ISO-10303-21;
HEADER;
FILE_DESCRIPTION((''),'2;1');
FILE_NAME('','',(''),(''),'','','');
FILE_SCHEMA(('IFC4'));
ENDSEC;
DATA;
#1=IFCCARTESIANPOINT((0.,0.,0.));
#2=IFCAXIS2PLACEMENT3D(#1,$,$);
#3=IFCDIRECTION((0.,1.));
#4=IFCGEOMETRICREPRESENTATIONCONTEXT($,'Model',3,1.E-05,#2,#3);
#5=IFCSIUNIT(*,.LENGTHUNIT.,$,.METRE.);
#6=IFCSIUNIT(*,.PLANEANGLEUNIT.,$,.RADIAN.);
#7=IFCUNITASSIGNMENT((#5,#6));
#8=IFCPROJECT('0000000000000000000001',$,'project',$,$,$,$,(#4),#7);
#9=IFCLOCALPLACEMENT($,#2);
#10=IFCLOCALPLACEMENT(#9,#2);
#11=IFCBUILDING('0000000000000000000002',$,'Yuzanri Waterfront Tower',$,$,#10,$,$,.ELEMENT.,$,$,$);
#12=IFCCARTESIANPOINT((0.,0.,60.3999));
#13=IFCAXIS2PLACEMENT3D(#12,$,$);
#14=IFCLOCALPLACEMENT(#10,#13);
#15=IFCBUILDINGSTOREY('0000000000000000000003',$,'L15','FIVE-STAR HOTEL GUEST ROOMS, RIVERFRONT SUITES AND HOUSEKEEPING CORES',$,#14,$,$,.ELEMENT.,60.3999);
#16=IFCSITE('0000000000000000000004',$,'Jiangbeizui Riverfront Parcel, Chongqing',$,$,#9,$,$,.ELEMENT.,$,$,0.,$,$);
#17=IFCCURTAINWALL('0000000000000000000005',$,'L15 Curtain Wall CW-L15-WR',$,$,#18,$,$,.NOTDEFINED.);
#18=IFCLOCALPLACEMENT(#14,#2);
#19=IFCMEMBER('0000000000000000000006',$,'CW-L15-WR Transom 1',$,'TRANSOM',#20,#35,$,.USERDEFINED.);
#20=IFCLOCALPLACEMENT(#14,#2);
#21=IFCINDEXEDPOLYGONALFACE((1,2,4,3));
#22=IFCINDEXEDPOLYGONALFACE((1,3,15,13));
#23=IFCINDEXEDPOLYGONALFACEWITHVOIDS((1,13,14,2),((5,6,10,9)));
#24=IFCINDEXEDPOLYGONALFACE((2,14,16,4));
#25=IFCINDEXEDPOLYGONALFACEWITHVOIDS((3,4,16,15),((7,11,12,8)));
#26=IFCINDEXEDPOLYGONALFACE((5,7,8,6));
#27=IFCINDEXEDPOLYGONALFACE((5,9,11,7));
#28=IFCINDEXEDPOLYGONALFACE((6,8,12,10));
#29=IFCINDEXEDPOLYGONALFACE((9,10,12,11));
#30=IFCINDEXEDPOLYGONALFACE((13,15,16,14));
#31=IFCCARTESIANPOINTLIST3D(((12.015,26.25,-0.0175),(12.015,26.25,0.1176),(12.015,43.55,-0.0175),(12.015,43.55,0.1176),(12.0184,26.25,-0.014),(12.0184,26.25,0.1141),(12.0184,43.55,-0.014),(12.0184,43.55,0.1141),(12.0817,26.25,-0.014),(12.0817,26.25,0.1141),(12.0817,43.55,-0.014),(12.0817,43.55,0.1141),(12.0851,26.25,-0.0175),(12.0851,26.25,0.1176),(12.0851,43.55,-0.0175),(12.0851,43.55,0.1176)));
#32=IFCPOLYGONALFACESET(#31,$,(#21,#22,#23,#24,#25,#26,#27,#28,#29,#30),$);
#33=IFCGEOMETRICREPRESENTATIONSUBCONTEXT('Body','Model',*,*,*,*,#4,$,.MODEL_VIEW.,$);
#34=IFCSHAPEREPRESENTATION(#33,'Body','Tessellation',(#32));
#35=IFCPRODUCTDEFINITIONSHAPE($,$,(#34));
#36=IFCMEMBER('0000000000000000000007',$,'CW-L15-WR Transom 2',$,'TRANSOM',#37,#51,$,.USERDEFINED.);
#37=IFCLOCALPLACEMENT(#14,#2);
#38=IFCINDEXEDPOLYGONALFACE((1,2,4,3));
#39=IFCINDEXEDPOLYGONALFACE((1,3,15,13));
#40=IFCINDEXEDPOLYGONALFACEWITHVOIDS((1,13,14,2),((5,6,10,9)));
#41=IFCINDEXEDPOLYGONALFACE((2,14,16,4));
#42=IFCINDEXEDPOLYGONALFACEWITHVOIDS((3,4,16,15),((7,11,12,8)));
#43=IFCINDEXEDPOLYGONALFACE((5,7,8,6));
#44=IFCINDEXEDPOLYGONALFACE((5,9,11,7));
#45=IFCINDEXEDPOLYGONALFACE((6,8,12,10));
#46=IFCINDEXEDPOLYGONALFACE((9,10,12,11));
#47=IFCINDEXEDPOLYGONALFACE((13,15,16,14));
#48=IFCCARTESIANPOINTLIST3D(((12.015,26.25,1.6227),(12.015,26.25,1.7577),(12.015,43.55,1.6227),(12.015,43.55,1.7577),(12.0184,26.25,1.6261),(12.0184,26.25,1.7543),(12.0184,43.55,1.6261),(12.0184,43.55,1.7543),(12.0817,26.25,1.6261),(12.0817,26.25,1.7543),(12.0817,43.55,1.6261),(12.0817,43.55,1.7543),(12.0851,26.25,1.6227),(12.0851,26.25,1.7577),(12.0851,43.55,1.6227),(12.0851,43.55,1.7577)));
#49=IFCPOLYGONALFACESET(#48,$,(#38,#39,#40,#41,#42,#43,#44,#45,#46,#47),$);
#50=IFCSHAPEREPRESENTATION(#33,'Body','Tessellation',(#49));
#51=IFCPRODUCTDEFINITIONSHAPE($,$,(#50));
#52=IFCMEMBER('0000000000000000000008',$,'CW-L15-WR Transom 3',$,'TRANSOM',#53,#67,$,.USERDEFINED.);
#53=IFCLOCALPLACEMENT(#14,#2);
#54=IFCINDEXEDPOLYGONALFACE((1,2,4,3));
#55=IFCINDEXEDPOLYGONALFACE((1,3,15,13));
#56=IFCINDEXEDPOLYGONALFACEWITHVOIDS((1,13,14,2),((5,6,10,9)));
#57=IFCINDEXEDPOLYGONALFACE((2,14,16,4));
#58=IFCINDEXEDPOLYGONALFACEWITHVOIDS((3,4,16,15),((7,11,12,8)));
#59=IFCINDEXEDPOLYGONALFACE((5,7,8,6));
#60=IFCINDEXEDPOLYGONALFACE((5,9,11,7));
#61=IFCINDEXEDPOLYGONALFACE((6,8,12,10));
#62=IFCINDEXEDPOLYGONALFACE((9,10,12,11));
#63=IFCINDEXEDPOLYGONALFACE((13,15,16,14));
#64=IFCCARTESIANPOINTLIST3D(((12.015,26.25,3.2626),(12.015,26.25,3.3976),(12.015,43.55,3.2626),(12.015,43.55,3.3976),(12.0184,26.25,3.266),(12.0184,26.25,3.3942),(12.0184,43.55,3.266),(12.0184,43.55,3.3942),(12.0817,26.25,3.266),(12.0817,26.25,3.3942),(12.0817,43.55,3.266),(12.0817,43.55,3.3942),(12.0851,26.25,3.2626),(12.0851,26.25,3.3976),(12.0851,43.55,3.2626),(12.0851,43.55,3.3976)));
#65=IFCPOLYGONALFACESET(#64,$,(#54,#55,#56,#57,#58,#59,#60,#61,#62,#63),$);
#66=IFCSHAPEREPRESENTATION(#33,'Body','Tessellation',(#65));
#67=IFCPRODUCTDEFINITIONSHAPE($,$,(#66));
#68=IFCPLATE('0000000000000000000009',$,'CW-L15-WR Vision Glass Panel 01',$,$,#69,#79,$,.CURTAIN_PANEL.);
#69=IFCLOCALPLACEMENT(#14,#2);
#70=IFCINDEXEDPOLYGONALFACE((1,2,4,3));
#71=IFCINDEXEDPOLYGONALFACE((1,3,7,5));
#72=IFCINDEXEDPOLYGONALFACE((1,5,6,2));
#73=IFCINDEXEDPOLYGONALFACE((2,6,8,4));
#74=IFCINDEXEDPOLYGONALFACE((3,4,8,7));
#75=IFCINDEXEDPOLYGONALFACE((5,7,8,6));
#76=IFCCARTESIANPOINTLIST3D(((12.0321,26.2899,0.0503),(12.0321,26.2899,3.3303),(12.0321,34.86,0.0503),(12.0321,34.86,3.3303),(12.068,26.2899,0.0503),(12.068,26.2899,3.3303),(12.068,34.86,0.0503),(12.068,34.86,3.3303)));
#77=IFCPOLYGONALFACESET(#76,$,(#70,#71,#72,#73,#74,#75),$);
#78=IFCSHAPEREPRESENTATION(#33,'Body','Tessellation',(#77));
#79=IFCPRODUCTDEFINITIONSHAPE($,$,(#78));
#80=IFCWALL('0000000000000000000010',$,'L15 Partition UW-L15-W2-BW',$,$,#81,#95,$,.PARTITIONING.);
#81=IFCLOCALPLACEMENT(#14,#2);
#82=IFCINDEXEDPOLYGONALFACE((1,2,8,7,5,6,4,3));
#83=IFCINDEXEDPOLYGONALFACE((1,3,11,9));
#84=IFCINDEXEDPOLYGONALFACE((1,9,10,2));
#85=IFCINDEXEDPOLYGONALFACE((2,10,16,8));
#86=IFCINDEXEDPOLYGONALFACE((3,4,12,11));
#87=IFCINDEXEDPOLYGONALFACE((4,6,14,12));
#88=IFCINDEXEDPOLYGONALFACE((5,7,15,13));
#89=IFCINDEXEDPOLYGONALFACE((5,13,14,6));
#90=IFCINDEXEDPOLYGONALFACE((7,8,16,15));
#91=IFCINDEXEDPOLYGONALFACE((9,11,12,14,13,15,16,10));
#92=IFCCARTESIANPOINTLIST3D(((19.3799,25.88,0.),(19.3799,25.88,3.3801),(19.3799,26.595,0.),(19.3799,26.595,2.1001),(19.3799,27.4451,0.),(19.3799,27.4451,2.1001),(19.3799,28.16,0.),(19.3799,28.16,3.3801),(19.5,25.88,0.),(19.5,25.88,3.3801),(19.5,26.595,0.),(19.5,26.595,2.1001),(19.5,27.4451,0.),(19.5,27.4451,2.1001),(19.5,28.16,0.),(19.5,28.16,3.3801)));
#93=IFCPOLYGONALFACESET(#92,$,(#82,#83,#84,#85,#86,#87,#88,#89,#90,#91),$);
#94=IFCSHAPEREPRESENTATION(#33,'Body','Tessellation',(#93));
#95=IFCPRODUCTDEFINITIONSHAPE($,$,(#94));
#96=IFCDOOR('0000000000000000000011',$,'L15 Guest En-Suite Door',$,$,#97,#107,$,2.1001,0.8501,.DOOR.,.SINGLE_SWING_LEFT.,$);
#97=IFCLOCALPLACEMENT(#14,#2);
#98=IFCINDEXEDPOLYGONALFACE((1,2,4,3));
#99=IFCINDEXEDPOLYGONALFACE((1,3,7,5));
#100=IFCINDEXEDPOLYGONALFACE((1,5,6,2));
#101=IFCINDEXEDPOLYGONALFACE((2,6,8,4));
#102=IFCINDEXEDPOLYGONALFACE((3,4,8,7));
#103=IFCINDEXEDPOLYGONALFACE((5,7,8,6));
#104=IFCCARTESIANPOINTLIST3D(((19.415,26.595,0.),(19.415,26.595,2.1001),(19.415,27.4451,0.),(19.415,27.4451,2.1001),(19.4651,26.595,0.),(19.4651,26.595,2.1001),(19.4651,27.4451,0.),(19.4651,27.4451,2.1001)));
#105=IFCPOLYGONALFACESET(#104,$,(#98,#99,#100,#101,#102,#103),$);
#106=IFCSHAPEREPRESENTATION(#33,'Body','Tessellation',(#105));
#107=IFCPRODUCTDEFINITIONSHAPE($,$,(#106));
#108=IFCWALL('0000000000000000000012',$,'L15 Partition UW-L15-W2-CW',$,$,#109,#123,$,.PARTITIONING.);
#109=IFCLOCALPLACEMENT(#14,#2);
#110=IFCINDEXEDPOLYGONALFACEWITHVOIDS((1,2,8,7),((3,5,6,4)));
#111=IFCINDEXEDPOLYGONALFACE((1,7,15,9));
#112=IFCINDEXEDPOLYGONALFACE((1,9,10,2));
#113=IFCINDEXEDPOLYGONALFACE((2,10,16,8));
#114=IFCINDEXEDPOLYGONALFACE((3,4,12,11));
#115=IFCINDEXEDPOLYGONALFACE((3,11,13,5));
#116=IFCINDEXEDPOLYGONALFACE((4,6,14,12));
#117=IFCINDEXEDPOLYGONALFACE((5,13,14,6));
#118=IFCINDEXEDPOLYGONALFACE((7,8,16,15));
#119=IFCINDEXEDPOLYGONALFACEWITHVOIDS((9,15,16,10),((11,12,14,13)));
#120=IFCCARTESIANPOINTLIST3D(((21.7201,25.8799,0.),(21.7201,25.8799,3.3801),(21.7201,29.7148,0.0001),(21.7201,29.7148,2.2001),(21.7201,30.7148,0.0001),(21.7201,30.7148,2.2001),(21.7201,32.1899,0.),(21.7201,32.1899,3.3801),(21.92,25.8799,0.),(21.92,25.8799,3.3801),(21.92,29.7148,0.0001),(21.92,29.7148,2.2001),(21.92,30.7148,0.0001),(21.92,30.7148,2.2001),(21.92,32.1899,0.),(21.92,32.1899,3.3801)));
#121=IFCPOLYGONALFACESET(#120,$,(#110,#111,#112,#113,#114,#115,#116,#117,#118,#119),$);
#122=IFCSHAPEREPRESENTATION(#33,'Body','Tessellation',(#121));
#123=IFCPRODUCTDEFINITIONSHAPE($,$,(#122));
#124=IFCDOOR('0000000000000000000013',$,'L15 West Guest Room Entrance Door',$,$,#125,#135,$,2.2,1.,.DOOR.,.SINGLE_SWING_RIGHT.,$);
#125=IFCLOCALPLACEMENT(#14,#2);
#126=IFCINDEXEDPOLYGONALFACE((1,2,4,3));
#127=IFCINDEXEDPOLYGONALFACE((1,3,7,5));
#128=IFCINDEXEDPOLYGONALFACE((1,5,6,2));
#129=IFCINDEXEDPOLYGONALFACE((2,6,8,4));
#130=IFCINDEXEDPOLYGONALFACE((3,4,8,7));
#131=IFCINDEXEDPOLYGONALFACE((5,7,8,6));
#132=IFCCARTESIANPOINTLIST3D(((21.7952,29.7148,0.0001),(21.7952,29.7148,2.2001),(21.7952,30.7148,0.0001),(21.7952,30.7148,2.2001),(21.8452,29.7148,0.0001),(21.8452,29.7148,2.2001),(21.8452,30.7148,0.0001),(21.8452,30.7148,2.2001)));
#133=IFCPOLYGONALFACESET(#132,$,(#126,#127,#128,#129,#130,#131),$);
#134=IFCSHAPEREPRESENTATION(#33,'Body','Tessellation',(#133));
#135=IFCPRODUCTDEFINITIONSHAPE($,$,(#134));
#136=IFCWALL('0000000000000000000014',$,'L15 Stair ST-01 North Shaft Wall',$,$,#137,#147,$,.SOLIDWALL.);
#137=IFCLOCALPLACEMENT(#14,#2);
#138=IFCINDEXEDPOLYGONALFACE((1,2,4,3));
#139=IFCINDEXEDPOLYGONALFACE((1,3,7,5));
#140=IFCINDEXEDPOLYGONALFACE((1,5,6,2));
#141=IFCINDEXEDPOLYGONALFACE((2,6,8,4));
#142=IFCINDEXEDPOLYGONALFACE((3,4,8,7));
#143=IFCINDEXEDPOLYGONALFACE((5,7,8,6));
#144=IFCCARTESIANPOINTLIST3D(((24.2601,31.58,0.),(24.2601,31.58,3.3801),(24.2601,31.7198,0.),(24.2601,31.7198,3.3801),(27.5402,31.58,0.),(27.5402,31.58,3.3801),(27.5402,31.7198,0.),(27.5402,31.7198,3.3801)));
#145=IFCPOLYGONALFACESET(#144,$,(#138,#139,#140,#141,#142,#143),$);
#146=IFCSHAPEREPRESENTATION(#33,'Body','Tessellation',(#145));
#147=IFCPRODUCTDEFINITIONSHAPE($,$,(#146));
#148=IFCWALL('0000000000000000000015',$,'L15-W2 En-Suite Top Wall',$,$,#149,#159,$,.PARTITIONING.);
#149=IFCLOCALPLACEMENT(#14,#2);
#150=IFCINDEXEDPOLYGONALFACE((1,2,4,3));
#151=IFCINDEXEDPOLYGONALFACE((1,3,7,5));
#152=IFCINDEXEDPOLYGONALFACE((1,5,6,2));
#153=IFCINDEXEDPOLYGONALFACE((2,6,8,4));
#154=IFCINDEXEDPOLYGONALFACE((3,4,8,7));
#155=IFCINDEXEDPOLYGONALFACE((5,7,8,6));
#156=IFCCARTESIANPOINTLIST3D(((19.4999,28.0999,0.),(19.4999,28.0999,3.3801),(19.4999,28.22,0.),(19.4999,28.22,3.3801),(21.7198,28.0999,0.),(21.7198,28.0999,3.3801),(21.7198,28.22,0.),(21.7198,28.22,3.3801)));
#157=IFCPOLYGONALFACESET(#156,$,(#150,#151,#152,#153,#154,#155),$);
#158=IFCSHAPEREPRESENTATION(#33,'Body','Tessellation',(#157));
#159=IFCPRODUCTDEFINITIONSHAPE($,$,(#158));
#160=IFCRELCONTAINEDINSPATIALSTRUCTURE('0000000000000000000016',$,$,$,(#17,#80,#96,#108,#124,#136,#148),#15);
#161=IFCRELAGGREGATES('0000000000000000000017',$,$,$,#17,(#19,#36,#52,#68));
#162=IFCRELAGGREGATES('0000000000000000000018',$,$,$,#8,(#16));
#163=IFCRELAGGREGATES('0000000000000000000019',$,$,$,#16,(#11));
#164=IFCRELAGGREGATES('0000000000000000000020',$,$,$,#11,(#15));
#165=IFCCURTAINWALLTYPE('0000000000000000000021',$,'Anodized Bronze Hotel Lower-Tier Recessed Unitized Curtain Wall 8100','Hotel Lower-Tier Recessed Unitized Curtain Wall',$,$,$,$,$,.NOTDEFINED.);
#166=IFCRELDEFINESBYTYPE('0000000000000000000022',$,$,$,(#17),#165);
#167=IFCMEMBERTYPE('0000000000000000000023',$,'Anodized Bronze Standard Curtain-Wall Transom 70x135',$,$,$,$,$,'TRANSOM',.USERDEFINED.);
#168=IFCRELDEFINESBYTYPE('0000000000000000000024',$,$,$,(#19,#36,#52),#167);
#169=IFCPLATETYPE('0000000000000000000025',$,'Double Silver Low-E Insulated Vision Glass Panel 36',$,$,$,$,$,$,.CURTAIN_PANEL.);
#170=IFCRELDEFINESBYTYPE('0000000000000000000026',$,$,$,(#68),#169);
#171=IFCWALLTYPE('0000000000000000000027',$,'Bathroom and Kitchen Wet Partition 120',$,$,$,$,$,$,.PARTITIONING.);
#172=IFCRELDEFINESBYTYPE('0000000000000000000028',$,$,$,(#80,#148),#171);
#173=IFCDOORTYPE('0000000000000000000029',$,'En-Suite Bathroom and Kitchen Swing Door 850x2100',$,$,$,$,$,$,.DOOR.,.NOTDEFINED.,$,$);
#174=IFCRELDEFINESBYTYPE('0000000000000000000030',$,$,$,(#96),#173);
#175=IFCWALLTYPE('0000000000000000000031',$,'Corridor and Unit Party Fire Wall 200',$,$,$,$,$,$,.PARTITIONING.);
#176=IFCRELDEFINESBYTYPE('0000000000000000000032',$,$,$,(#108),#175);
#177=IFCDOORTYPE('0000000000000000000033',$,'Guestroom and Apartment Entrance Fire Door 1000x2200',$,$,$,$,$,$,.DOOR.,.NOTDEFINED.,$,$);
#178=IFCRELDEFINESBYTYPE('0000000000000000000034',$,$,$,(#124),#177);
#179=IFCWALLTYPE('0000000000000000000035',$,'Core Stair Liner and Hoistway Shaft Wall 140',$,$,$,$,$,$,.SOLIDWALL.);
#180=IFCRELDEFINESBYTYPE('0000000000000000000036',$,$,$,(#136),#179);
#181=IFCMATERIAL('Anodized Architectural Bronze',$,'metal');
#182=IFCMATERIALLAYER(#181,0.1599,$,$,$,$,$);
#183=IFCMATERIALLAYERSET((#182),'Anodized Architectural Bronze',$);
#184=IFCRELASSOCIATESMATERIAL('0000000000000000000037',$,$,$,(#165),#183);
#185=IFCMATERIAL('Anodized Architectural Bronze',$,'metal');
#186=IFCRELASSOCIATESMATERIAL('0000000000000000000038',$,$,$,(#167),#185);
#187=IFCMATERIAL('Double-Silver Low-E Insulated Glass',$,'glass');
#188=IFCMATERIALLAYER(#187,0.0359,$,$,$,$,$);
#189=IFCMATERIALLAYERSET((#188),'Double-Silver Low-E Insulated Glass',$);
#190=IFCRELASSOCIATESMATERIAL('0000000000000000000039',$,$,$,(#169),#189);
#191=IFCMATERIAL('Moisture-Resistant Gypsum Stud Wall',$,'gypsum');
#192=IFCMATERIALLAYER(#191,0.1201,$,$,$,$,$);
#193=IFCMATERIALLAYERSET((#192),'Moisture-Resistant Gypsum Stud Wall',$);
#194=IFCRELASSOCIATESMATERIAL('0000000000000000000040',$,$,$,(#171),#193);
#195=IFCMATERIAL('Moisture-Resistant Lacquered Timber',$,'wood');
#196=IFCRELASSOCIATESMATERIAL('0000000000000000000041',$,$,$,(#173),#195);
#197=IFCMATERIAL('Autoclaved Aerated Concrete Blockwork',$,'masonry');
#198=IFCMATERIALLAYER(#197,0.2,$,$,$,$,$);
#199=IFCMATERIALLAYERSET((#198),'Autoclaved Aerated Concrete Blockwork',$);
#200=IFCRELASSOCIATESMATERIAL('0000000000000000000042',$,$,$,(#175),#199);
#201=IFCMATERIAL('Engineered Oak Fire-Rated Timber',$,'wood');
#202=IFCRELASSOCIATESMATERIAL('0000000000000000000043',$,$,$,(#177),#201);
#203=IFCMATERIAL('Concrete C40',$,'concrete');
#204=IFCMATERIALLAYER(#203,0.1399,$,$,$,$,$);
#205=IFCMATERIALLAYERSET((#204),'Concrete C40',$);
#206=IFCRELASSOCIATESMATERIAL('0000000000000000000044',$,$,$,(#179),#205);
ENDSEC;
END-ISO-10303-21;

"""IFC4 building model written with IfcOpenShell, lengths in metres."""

from ifc_helpers import new_model, si_unit, direction, frame, frame_2d, origin, origin_2d, place, context, subcontext, project, spatial, rectangle, hollow_rectangle, extrude, source, transform, mapped, material, layer, layer_set, material_profile, profile_set, type_object, element, fill, aggregate, save


model = new_model("IFC4")

# Units and contexts
model_context = context("Model", 3, precision=1e-05, world=origin(), true_north=direction((0.0, 1.0)))
body_context = subcontext(model_context, "Body", "Model", "MODEL_VIEW")
ifc_project = project(units=[si_unit("LENGTHUNIT", "METRE"), si_unit("PLANEANGLEUNIT", "RADIAN")], contexts=[model_context])

# Site, building, storey
site_placement = place(None, origin())
site = spatial("IfcSite", under=ifc_project, at=site_placement, Name="Jiangbeizui Riverfront Parcel, Chongqing", CompositionType="ELEMENT", RefElevation=0.0)
building_placement = place(site_placement, origin())
building = spatial("IfcBuilding", under=site, at=building_placement, Name="Yuzanri Waterfront Tower", CompositionType="ELEMENT")
storey_placement = place(building_placement, frame((0.0, 0.0, 60.3999)))
storey = spatial("IfcBuildingStorey", under=building, at=storey_placement, Name="L15", Description="FIVE-STAR HOTEL GUEST ROOMS, RIVERFRONT SUITES AND HOUSEKEEPING CORES", CompositionType="ELEMENT", Elevation=60.3999)

# Shared definitions
ifc_material_1 = material(Name="Anodized Architectural Bronze", Category="metal")
ifc_layer_1 = layer(ifc_material_1, 0.1599)
ifc_layer_set_1 = layer_set([ifc_layer_1], Name="Anodized Architectural Bronze")
curtain_wall_type = type_object("IfcCurtainWallType", Name="Anodized Bronze Hotel Lower-Tier Recessed Unitized Curtain Wall 8100", Description="Hotel Lower-Tier Recessed Unitized Curtain Wall", PredefinedType="NOTDEFINED", material=ifc_layer_set_1)

# Curtain wall, members, plate
curtain_wall_1_placement = place(storey_placement, origin())
curtain_wall_1 = element("IfcCurtainWall", 1, at=curtain_wall_1_placement, inside=storey, type_object=curtain_wall_type, Name="L15 Curtain Wall CW-L15-WR", PredefinedType="NOTDEFINED")
ifc_material_2 = material(Name="Anodized Architectural Bronze", Category="metal")
ifc_material_profile_1 = material_profile(ifc_material_2, hollow_rectangle(XDim=0.0701, YDim=0.135, WallThickness=0.0034, at=origin_2d()), Name="CWT 70x135")
ifc_profile_set_1 = profile_set([ifc_material_profile_1], Name="Anodized Architectural Bronze")
member_type_1 = type_object("IfcMemberType", Name="Anodized Bronze Standard Curtain-Wall Transom 70x135", ElementType="TRANSOM", PredefinedType="USERDEFINED", material=ifc_profile_set_1)
shared_shape_1 = source(origin(), body_context, "Body", "SweptSolid", [
    extrude(hollow_rectangle(XDim=0.0701, YDim=0.135, WallThickness=0.0034, at=origin_2d()), origin(), (0.0, 0.0, 1.0), 17.3),
])
member_1_placement = place(storey_placement, frame((12.05, 26.25, 0.05), z_axis=(0.0, 1.0, 0.0), x_axis=(-1.0, 0.0, 0.0)))
member_1 = element("IfcMember", 2, at=member_1_placement, type_object=member_type_1, Name="CW-L15-WR Transom 1", ObjectType="TRANSOM", PredefinedType="USERDEFINED", context=body_context, shape_type="MappedRepresentation", body=[
    mapped(shared_shape_1, transform((0.0, 0.0, 0.0), scale=1.0)),
])
member_2_placement = place(storey_placement, frame((12.05, 26.25, 1.6902), z_axis=(0.0, 1.0, 0.0), x_axis=(-1.0, 0.0, 0.0)))
member_2 = element("IfcMember", 3, at=member_2_placement, type_object=member_type_1, Name="CW-L15-WR Transom 2", ObjectType="TRANSOM", PredefinedType="USERDEFINED", context=body_context, shape_type="MappedRepresentation", body=[
    mapped(shared_shape_1, transform((0.0, 0.0, 0.0), scale=1.0)),
])
member_3_placement = place(storey_placement, frame((12.05, 26.25, 3.3301), z_axis=(0.0, 1.0, 0.0), x_axis=(-1.0, 0.0, 0.0)))
member_3 = element("IfcMember", 4, at=member_3_placement, type_object=member_type_1, Name="CW-L15-WR Transom 3", ObjectType="TRANSOM", PredefinedType="USERDEFINED", context=body_context, shape_type="MappedRepresentation", body=[
    mapped(shared_shape_1, transform((0.0, 0.0, 0.0), scale=1.0)),
])
ifc_material_3 = material(Name="Double-Silver Low-E Insulated Glass", Category="glass")
ifc_layer_2 = layer(ifc_material_3, 0.0359)
ifc_layer_set_2 = layer_set([ifc_layer_2], Name="Double-Silver Low-E Insulated Glass")
plate_type = type_object("IfcPlateType", Name="Double Silver Low-E Insulated Vision Glass Panel 36", PredefinedType="CURTAIN_PANEL", material=ifc_layer_set_2)
shared_shape_2 = source(origin(), body_context, "Body", "SweptSolid", [
    extrude(rectangle(XDim=8.5701, YDim=0.0359, at=origin_2d()), origin(), (0.0, 0.0, 1.0), 3.28),
])
plate_placement = place(storey_placement, frame((12.05, 30.575, 0.0503), z_axis=(0.0, 0.0, 1.0), x_axis=(0.0, 1.0, 0.0)))
plate = element("IfcPlate", 5, at=plate_placement, type_object=plate_type, Name="CW-L15-WR Vision Glass Panel 01", PredefinedType="CURTAIN_PANEL", context=body_context, shape_type="MappedRepresentation", body=[
    mapped(shared_shape_2, transform((0.0, 0.0, 0.0), scale=1.0)),
])
aggregate(curtain_wall_1, [member_1, member_2, member_3, plate])

# Wall, opening, door
ifc_material_4 = material(Name="Moisture-Resistant Gypsum Stud Wall", Category="gypsum")
ifc_layer_3 = layer(ifc_material_4, 0.1201)
ifc_layer_set_3 = layer_set([ifc_layer_3], Name="Moisture-Resistant Gypsum Stud Wall")
wall_type_1 = type_object("IfcWallType", Name="Bathroom and Kitchen Wet Partition 120", PredefinedType="PARTITIONING", material=ifc_layer_set_3)
wall_1_placement = place(storey_placement, frame((19.4399, 25.8799, 0.0), z_axis=(0.0, 0.0, 1.0), x_axis=(0.0, 1.0, 0.0)))
wall_1 = element("IfcWall", 6, at=wall_1_placement, inside=storey, type_object=wall_type_1, Name="L15 Partition UW-L15-W2-BW", PredefinedType="PARTITIONING", context=body_context, shape_type="SweptSolid", body=[
    extrude(rectangle(XDim=2.28, YDim=0.1201, at=frame_2d((1.1401, 0.0))), origin(), (0.0, 0.0, 1.0), 3.3801),
])
opening_1_placement = place(wall_1_placement, frame((0.7151, 0.0, 0.0)))
opening_1 = element("IfcOpeningElement", 7, at=opening_1_placement, cuts=wall_1, PredefinedType="OPENING", context=body_context, shape_type="SweptSolid", body=[
    extrude(rectangle(XDim=0.8501, YDim=2.1001, at=frame_2d((0.425, 1.05))), frame((0.0, 0.075, 0.0), z_axis=(0.0, -1.0, 0.0), x_axis=(1.0, 0.0, 0.0)), (0.0, 0.0, 1.0), 0.1499),
])
ifc_material_5 = material(Name="Moisture-Resistant Lacquered Timber", Category="wood")
door_type_1 = type_object("IfcDoorType", Name="En-Suite Bathroom and Kitchen Swing Door 850x2100", OperationType="NOTDEFINED", PredefinedType="DOOR", material=ifc_material_5)
shared_shape_3 = source(origin(), body_context, "Body", "SweptSolid", [
    extrude(rectangle(XDim=0.8501, YDim=2.1001, at=frame_2d((0.425, 1.05))), frame((0.0, 0.0249, 0.0), z_axis=(0.0, -1.0, 0.0), x_axis=(1.0, 0.0, 0.0)), (0.0, 0.0, 1.0), 0.05),
])
door_1_placement = place(opening_1_placement, origin())
door_1 = element("IfcDoor", 8, at=door_1_placement, inside=storey, type_object=door_type_1, Name="L15 Guest En-Suite Door", OperationType="SINGLE_SWING_LEFT", OverallHeight=2.1001, OverallWidth=0.8501, PredefinedType="DOOR", context=body_context, shape_type="MappedRepresentation", body=[
    mapped(shared_shape_3, transform((0.0, 0.0, 0.0), scale=1.0)),
])
fill(opening_1, door_1)

# Wall, opening, door
ifc_material_6 = material(Name="Autoclaved Aerated Concrete Blockwork", Category="masonry")
ifc_layer_4 = layer(ifc_material_6, 0.2)
ifc_layer_set_4 = layer_set([ifc_layer_4], Name="Autoclaved Aerated Concrete Blockwork")
wall_type_2 = type_object("IfcWallType", Name="Corridor and Unit Party Fire Wall 200", PredefinedType="PARTITIONING", material=ifc_layer_set_4)
wall_2_placement = place(storey_placement, frame((21.8201, 25.8799, 0.0), z_axis=(0.0, 0.0, 1.0), x_axis=(0.0, 1.0, 0.0)))
wall_2 = element("IfcWall", 9, at=wall_2_placement, inside=storey, type_object=wall_type_2, Name="L15 Partition UW-L15-W2-CW", PredefinedType="PARTITIONING", context=body_context, shape_type="SweptSolid", body=[
    extrude(rectangle(XDim=6.3101, YDim=0.2, at=frame_2d((3.155, 0.0))), origin(), (0.0, 0.0, 1.0), 3.3801),
])
opening_2_placement = place(wall_2_placement, frame((3.835, 0.0, 0.0)))
opening_2 = element("IfcOpeningElement", 10, at=opening_2_placement, cuts=wall_2, PredefinedType="OPENING", context=body_context, shape_type="SweptSolid", body=[
    extrude(rectangle(XDim=1.0, YDim=2.2, at=frame_2d((0.5, 1.1001))), frame((0.0, 0.1147, 0.0), z_axis=(0.0, -1.0, 0.0), x_axis=(1.0, 0.0, 0.0)), (0.0, 0.0, 1.0), 0.2297),
])
ifc_material_7 = material(Name="Engineered Oak Fire-Rated Timber", Category="wood")
door_type_2 = type_object("IfcDoorType", Name="Guestroom and Apartment Entrance Fire Door 1000x2200", OperationType="NOTDEFINED", PredefinedType="DOOR", material=ifc_material_7)
shared_shape_4 = source(origin(), body_context, "Body", "SweptSolid", [
    extrude(rectangle(XDim=1.0, YDim=2.2, at=frame_2d((0.5, 1.1001))), frame((0.0, 0.0249, 0.0), z_axis=(0.0, -1.0, 0.0), x_axis=(1.0, 0.0, 0.0)), (0.0, 0.0, 1.0), 0.05),
])
door_2_placement = place(opening_2_placement, origin())
door_2 = element("IfcDoor", 11, at=door_2_placement, inside=storey, type_object=door_type_2, Name="L15 West Guest Room Entrance Door", OperationType="SINGLE_SWING_RIGHT", OverallHeight=2.2, OverallWidth=1.0, PredefinedType="DOOR", context=body_context, shape_type="MappedRepresentation", body=[
    mapped(shared_shape_4, transform((0.0, 0.0, 0.0), scale=1.0)),
])
fill(opening_2, door_2)

# Walls
ifc_material_8 = material(Name="Concrete C40", Category="concrete")
ifc_layer_5 = layer(ifc_material_8, 0.1399)
ifc_layer_set_5 = layer_set([ifc_layer_5], Name="Concrete C40")
wall_type_3 = type_object("IfcWallType", Name="Core Stair Liner and Hoistway Shaft Wall 140", PredefinedType="SOLIDWALL", material=ifc_layer_set_5)
shared_shape_5 = source(origin(), body_context, "Body", "SweptSolid", [
    extrude(rectangle(XDim=3.28, YDim=0.1399, at=frame_2d((1.6401, 0.0))), origin(), (0.0, 0.0, 1.0), 3.3801),
])
wall_3_placement = place(storey_placement, frame((24.26, 31.6499, 0.0), z_axis=(0.0, 0.0, 1.0), x_axis=(1.0, 0.0, 0.0)))
element("IfcWall", 12, at=wall_3_placement, inside=storey, type_object=wall_type_3, Name="L15 Stair ST-01 North Shaft Wall", PredefinedType="SOLIDWALL", context=body_context, shape_type="MappedRepresentation", body=[
    mapped(shared_shape_5, transform((0.0, 0.0, 0.0), scale=1.0)),
])
shared_shape_6 = source(origin(), body_context, "Body", "SweptSolid", [
    extrude(rectangle(XDim=2.22, YDim=0.1201, at=frame_2d((1.1099, 0.0))), origin(), (0.0, 0.0, 1.0), 3.3801),
])
wall_4_placement = place(storey_placement, frame((19.5, 28.1599, 0.0), z_axis=(0.0, 0.0, 1.0), x_axis=(1.0, 0.0, 0.0)))
element("IfcWall", 13, at=wall_4_placement, inside=storey, type_object=wall_type_1, Name="L15-W2 En-Suite Top Wall", PredefinedType="PARTITIONING", context=body_context, shape_type="MappedRepresentation", body=[
    mapped(shared_shape_6, transform((0.0, 0.0, 0.0), scale=1.0)),
])

save(model, "model.ifc")
